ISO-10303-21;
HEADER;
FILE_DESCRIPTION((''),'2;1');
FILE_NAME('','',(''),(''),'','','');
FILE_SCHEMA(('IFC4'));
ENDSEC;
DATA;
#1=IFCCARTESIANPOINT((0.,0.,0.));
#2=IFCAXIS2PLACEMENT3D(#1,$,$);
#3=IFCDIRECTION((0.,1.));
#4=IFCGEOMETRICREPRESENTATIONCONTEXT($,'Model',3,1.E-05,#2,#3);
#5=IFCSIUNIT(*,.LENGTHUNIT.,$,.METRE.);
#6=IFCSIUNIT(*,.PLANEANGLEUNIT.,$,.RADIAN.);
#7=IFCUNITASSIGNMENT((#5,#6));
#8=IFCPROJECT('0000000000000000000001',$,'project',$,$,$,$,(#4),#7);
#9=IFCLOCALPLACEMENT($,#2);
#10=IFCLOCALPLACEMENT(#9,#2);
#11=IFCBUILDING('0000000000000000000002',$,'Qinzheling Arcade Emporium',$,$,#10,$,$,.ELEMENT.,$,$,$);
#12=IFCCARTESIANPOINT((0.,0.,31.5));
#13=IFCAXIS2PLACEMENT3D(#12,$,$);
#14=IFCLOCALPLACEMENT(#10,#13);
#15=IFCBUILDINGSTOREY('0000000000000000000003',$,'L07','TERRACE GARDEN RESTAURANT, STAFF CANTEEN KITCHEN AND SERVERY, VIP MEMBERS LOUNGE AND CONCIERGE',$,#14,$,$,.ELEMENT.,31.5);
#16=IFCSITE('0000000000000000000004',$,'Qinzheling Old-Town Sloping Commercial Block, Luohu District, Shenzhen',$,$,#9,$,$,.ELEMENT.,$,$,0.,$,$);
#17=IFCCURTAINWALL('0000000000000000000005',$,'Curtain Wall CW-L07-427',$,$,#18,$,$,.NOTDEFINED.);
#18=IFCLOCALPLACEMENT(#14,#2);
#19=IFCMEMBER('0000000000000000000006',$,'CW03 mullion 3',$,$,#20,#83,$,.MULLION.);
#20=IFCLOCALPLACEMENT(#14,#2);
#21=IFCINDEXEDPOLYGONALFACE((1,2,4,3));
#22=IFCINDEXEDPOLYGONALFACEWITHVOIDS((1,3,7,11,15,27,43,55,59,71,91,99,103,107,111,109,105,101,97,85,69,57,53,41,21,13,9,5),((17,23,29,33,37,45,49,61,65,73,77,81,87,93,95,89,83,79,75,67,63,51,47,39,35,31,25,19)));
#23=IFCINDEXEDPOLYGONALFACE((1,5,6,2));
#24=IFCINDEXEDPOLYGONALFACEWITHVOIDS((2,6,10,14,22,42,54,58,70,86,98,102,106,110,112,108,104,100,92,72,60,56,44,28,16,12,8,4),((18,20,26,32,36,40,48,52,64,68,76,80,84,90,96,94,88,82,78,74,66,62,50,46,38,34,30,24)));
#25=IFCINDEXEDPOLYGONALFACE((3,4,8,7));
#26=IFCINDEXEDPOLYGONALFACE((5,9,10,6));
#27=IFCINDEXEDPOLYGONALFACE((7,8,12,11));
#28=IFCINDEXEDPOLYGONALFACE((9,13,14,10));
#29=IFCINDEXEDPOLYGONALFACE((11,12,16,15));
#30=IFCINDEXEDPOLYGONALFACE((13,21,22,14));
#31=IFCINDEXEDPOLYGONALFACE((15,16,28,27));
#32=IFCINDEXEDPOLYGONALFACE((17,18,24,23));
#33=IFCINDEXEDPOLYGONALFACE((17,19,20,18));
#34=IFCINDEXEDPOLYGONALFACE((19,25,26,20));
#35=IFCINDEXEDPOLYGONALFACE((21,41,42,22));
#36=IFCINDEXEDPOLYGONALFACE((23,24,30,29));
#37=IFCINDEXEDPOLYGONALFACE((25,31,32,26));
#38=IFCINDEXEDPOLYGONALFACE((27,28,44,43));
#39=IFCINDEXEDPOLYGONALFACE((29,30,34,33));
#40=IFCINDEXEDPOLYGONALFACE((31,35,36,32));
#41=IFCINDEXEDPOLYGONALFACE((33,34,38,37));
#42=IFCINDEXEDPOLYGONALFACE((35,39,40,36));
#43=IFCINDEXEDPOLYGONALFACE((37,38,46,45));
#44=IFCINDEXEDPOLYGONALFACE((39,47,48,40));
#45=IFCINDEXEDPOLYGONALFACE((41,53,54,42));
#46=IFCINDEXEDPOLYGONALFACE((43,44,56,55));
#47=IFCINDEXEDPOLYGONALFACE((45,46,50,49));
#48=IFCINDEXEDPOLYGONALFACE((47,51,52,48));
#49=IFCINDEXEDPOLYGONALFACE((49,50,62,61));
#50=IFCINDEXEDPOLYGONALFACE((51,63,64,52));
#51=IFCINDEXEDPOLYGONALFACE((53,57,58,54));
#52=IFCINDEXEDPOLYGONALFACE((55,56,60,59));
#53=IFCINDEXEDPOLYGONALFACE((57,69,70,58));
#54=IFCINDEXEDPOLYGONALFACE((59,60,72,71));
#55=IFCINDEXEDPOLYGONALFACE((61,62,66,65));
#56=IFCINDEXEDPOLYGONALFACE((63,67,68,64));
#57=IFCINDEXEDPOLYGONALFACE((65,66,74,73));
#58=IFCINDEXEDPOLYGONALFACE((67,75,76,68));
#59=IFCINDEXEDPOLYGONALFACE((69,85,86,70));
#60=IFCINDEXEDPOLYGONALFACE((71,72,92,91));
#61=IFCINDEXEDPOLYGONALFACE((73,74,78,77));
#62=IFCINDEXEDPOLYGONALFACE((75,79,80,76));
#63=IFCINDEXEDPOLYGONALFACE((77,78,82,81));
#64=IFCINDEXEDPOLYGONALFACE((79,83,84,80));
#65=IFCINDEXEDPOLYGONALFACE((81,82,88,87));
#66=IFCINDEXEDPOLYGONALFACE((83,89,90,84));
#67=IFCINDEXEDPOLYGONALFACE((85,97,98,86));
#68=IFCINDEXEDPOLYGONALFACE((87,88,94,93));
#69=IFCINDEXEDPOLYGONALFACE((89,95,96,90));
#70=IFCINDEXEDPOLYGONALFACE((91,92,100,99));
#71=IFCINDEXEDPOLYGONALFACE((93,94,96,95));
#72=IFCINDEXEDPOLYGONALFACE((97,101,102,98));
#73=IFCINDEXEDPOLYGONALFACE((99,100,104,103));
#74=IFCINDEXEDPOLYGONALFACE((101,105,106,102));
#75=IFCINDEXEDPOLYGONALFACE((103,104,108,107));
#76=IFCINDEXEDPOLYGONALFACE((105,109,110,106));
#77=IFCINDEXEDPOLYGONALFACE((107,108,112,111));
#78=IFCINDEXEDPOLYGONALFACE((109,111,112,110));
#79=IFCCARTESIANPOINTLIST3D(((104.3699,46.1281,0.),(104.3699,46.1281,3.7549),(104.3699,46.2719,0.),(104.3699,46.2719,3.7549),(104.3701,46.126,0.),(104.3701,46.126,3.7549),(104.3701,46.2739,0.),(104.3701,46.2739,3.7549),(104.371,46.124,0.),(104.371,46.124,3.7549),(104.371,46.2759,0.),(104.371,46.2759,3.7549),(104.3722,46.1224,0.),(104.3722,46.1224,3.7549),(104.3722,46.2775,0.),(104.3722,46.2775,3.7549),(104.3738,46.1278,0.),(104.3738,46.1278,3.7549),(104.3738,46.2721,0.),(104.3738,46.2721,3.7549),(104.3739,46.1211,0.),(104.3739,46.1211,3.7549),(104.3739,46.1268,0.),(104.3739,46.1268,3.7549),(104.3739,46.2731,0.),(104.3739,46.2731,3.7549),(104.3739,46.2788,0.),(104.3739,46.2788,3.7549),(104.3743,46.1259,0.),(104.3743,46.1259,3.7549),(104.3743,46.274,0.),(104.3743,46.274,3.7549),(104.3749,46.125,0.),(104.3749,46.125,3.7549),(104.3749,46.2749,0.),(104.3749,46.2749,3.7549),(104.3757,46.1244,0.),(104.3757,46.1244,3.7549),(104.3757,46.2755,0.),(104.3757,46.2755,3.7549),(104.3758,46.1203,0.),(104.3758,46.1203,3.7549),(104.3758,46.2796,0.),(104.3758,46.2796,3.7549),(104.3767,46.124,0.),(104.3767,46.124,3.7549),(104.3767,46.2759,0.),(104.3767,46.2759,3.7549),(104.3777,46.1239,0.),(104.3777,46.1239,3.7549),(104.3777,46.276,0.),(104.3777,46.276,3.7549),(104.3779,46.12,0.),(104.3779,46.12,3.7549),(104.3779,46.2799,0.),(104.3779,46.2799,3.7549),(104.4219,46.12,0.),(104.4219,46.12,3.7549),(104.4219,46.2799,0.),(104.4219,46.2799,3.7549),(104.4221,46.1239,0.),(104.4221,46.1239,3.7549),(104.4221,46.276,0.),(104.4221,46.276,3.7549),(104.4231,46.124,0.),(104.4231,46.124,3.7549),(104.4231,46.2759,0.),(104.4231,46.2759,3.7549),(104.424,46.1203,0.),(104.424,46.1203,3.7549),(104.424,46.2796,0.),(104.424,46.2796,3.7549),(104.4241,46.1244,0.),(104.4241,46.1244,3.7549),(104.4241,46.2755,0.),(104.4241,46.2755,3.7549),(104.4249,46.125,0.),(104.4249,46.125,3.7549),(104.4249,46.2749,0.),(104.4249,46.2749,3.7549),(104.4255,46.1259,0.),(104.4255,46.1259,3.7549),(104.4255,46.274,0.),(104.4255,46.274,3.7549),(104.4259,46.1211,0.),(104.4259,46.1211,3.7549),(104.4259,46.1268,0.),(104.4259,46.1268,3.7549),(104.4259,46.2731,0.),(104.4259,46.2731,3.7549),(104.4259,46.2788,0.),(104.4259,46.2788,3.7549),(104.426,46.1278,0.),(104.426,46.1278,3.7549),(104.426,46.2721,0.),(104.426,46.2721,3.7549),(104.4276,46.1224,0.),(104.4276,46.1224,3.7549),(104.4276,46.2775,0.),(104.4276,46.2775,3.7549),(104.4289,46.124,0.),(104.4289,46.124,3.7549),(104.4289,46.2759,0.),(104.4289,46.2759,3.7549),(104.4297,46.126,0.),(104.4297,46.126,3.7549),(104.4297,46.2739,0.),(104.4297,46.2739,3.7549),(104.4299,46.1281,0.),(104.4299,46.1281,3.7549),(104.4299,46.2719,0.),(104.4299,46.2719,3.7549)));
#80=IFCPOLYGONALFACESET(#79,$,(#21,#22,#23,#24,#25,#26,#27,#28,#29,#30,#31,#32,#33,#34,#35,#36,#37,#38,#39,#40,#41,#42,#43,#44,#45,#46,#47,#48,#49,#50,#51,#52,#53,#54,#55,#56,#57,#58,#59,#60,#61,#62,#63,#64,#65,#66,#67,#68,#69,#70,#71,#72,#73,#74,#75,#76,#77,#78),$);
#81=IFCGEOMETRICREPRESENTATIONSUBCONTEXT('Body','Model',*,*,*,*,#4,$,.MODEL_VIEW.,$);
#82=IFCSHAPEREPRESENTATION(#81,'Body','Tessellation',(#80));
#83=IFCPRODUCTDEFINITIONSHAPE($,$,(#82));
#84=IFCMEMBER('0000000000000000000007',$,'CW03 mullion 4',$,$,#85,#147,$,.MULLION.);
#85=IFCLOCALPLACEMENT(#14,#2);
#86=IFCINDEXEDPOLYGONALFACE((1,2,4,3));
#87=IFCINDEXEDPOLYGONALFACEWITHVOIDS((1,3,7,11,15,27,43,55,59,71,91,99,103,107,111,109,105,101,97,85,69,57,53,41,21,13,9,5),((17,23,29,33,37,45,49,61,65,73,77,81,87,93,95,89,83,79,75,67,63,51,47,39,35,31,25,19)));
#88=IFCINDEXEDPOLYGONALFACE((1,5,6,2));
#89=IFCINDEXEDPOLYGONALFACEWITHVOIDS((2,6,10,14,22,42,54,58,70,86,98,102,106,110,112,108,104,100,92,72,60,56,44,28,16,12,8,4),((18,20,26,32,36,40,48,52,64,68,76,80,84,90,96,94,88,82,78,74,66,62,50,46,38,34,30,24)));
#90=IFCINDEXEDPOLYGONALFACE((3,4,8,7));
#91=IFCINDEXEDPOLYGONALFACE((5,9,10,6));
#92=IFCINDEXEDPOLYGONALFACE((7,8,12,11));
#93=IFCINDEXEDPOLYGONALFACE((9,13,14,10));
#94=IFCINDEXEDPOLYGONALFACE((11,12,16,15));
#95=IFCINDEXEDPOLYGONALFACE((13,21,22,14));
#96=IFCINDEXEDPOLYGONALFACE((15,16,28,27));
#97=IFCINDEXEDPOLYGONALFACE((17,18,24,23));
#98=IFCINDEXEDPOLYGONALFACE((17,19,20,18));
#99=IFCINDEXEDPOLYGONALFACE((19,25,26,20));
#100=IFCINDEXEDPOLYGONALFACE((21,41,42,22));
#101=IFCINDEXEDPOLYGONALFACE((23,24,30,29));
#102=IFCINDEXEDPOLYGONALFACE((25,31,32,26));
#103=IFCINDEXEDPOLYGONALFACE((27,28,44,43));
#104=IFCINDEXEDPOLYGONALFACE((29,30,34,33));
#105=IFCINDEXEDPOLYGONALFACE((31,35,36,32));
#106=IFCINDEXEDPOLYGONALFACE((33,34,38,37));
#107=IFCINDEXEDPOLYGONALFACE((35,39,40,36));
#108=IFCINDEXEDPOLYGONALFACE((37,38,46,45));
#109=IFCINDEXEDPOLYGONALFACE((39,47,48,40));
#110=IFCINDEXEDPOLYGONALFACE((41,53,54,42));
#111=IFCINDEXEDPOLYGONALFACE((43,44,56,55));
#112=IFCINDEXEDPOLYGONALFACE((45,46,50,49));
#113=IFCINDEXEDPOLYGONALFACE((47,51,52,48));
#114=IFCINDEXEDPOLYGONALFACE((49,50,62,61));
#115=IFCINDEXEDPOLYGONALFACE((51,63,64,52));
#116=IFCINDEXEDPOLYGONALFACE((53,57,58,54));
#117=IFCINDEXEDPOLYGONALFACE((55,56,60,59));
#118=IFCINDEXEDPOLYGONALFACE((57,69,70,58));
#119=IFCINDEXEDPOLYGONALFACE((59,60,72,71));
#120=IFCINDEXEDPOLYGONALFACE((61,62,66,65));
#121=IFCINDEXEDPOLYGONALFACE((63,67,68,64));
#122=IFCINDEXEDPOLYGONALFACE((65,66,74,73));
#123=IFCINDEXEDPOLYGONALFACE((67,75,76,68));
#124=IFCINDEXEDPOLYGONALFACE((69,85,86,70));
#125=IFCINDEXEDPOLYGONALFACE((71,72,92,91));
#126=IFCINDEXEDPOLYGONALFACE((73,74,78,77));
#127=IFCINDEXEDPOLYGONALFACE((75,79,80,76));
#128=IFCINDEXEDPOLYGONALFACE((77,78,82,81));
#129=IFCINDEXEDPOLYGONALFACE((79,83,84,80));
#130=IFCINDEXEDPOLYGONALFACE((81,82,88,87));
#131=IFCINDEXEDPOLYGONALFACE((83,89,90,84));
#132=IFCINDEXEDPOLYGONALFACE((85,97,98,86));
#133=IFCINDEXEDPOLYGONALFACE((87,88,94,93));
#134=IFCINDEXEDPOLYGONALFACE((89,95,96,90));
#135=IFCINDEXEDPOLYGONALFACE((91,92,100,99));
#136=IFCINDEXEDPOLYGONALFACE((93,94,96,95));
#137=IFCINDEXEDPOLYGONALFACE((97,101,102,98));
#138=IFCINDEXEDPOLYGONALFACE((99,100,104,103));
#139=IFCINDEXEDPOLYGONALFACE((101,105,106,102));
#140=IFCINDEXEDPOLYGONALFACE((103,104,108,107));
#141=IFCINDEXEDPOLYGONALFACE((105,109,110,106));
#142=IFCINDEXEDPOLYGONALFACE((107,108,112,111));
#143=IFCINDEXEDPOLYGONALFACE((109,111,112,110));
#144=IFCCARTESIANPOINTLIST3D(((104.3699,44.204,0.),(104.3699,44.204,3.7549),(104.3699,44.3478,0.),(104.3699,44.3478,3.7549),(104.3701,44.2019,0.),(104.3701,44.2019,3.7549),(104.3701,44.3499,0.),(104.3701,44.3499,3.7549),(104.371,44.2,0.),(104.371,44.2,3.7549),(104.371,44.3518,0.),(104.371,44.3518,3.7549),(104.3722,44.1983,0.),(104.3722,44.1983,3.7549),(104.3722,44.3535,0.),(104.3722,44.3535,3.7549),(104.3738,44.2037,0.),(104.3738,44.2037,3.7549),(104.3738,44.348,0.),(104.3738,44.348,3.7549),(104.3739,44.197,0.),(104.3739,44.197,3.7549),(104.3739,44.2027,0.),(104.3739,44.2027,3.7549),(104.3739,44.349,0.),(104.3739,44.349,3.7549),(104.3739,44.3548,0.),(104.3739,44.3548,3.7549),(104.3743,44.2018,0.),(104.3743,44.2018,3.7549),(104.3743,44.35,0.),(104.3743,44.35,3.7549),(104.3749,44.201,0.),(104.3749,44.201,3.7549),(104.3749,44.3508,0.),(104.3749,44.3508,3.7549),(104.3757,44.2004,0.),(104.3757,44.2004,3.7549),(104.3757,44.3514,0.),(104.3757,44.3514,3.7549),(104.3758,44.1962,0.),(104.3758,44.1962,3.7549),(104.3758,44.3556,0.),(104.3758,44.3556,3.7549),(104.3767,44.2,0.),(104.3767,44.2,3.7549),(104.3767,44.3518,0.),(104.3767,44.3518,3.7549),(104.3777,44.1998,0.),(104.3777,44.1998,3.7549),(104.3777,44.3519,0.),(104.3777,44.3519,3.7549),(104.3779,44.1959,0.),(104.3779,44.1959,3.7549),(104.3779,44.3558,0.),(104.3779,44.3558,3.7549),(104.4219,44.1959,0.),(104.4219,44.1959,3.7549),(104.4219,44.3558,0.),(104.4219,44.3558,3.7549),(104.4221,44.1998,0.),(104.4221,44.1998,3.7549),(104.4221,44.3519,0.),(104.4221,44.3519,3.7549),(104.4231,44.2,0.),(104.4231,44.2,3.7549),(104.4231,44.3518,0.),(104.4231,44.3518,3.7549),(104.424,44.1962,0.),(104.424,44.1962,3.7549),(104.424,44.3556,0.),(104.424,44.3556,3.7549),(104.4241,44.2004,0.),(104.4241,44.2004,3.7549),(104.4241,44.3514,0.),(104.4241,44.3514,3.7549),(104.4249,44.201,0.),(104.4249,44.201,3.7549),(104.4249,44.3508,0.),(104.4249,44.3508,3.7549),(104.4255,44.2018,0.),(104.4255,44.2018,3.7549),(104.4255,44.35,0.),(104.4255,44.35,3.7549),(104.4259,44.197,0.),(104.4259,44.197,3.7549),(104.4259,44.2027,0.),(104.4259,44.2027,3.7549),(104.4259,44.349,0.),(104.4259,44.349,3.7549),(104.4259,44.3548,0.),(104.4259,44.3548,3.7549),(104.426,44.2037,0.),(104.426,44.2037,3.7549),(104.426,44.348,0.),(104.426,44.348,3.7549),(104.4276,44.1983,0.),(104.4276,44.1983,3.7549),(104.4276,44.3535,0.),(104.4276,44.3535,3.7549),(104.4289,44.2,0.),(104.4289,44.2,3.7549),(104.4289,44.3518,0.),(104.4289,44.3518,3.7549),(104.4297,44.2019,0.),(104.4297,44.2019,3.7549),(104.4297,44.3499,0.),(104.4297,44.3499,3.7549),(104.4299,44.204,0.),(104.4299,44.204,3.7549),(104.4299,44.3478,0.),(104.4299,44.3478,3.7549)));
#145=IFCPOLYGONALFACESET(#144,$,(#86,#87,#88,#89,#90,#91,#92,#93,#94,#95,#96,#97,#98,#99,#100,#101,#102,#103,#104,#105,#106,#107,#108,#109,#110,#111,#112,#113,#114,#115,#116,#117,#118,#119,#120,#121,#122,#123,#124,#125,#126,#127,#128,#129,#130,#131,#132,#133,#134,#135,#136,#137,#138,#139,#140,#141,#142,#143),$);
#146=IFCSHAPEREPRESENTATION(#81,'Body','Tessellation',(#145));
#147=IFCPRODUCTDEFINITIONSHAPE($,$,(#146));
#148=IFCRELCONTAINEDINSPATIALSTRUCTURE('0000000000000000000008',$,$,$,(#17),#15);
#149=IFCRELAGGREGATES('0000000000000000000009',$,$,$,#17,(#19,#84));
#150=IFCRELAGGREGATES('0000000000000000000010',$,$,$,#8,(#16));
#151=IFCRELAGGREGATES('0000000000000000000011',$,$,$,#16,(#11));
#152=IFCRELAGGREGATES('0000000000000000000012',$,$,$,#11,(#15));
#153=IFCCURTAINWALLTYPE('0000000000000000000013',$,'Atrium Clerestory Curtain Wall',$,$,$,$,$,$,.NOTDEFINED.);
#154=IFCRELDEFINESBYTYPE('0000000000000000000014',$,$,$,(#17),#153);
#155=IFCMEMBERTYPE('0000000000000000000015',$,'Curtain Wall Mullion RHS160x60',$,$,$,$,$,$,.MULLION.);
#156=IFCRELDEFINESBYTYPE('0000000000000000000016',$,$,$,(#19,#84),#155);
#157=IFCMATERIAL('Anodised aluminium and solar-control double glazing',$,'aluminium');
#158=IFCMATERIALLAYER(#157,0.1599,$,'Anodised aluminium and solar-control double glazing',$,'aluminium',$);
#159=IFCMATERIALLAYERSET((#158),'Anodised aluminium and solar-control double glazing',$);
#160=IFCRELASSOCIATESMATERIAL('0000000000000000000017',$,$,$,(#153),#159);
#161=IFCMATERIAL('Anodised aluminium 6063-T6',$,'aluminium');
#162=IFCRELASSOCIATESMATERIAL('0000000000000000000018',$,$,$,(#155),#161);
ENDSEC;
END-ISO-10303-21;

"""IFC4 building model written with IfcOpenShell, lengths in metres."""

from ifc_helpers import new_model, si_unit, direction, frame, origin, origin_2d, place, context, subcontext, project, spatial, hollow_rectangle, extrude, material, layer, layer_set, material_profile, profile_set, type_object, element, aggregate, save


model = new_model("IFC4")

# Units and contexts
model_context = context("Model", 3, precision=1e-05, world=origin(), true_north=direction((0.0, 1.0)))
body_context = subcontext(model_context, "Body", "Model", "MODEL_VIEW")
ifc_project = project(units=[si_unit("LENGTHUNIT", "METRE"), si_unit("PLANEANGLEUNIT", "RADIAN")], contexts=[model_context])

# Site, building, storey
site_placement = place(None, origin())
site = spatial("IfcSite", under=ifc_project, at=site_placement, Name="Qinzheling Old-Town Sloping Commercial Block, Luohu District, Shenzhen", CompositionType="ELEMENT", RefElevation=0.0)
building_placement = place(site_placement, origin())
building = spatial("IfcBuilding", under=site, at=building_placement, Name="Qinzheling Arcade Emporium", CompositionType="ELEMENT")
storey_placement = place(building_placement, frame((0.0, 0.0, 31.5)))
storey = spatial("IfcBuildingStorey", under=building, at=storey_placement, Name="L07", Description="TERRACE GARDEN RESTAURANT, STAFF CANTEEN KITCHEN AND SERVERY, VIP MEMBERS LOUNGE AND CONCIERGE", CompositionType="ELEMENT", Elevation=31.5)

# Curtain wall, members
ifc_material_1 = material(Name="Anodised aluminium and solar-control double glazing", Category="aluminium")
ifc_layer_1 = layer(ifc_material_1, 0.1599, Name="Anodised aluminium and solar-control double glazing", Category="aluminium")
ifc_layer_set_1 = layer_set([ifc_layer_1], Name="Anodised aluminium and solar-control double glazing")
curtain_wall_type = type_object("IfcCurtainWallType", Name="Atrium Clerestory Curtain Wall", PredefinedType="NOTDEFINED", material=ifc_layer_set_1)
curtain_wall_placement = place(storey_placement, origin())
curtain_wall = element("IfcCurtainWall", 1, at=curtain_wall_placement, inside=storey, type_object=curtain_wall_type, Name="Curtain Wall CW-L07-427", PredefinedType="NOTDEFINED")
ifc_material_2 = material(Name="Anodised aluminium 6063-T6", Category="aluminium")
ifc_material_profile_1 = material_profile(ifc_material_2, hollow_rectangle(XDim=0.0601, YDim=0.1599, WallThickness=0.0039, InnerFilletRadius=0.0039, OuterFilletRadius=0.0081, at=origin_2d()), Name="RHS 160x60x4", Category="aluminium")
ifc_profile_set_1 = profile_set([ifc_material_profile_1], Name="Anodised aluminium 6063-T6")
member_type_1 = type_object("IfcMemberType", Name="Curtain Wall Mullion RHS160x60", PredefinedType="MULLION", material=ifc_profile_set_1)
member_1_placement = place(storey_placement, frame((104.3999, 46.2, 0.0), z_axis=(0.0, 0.0, 1.0), x_axis=(1.0, 0.0, 0.0)))
member_1 = element("IfcMember", 2, at=member_1_placement, type_object=member_type_1, Name="CW03 mullion 3", PredefinedType="MULLION", context=body_context, shape_type="SweptSolid", body=[
    extrude(hollow_rectangle(XDim=0.0601, YDim=0.1599, WallThickness=0.0039, InnerFilletRadius=0.0039, OuterFilletRadius=0.0081, at=origin_2d()), origin(), (0.0, 0.0, 1.0), 3.7549),
])
member_2_placement = place(storey_placement, frame((104.3999, 44.2759, 0.0), z_axis=(0.0, 0.0, 1.0), x_axis=(1.0, 0.0, 0.0)))
member_2 = element("IfcMember", 3, at=member_2_placement, type_object=member_type_1, Name="CW03 mullion 4", PredefinedType="MULLION", context=body_context, shape_type="SweptSolid", body=[
    extrude(hollow_rectangle(XDim=0.0601, YDim=0.1599, WallThickness=0.0039, InnerFilletRadius=0.0039, OuterFilletRadius=0.0081, at=origin_2d()), origin(), (0.0, 0.0, 1.0), 3.7549),
])

aggregate(curtain_wall, [member_1, member_2])

save(model, "model.ifc")
